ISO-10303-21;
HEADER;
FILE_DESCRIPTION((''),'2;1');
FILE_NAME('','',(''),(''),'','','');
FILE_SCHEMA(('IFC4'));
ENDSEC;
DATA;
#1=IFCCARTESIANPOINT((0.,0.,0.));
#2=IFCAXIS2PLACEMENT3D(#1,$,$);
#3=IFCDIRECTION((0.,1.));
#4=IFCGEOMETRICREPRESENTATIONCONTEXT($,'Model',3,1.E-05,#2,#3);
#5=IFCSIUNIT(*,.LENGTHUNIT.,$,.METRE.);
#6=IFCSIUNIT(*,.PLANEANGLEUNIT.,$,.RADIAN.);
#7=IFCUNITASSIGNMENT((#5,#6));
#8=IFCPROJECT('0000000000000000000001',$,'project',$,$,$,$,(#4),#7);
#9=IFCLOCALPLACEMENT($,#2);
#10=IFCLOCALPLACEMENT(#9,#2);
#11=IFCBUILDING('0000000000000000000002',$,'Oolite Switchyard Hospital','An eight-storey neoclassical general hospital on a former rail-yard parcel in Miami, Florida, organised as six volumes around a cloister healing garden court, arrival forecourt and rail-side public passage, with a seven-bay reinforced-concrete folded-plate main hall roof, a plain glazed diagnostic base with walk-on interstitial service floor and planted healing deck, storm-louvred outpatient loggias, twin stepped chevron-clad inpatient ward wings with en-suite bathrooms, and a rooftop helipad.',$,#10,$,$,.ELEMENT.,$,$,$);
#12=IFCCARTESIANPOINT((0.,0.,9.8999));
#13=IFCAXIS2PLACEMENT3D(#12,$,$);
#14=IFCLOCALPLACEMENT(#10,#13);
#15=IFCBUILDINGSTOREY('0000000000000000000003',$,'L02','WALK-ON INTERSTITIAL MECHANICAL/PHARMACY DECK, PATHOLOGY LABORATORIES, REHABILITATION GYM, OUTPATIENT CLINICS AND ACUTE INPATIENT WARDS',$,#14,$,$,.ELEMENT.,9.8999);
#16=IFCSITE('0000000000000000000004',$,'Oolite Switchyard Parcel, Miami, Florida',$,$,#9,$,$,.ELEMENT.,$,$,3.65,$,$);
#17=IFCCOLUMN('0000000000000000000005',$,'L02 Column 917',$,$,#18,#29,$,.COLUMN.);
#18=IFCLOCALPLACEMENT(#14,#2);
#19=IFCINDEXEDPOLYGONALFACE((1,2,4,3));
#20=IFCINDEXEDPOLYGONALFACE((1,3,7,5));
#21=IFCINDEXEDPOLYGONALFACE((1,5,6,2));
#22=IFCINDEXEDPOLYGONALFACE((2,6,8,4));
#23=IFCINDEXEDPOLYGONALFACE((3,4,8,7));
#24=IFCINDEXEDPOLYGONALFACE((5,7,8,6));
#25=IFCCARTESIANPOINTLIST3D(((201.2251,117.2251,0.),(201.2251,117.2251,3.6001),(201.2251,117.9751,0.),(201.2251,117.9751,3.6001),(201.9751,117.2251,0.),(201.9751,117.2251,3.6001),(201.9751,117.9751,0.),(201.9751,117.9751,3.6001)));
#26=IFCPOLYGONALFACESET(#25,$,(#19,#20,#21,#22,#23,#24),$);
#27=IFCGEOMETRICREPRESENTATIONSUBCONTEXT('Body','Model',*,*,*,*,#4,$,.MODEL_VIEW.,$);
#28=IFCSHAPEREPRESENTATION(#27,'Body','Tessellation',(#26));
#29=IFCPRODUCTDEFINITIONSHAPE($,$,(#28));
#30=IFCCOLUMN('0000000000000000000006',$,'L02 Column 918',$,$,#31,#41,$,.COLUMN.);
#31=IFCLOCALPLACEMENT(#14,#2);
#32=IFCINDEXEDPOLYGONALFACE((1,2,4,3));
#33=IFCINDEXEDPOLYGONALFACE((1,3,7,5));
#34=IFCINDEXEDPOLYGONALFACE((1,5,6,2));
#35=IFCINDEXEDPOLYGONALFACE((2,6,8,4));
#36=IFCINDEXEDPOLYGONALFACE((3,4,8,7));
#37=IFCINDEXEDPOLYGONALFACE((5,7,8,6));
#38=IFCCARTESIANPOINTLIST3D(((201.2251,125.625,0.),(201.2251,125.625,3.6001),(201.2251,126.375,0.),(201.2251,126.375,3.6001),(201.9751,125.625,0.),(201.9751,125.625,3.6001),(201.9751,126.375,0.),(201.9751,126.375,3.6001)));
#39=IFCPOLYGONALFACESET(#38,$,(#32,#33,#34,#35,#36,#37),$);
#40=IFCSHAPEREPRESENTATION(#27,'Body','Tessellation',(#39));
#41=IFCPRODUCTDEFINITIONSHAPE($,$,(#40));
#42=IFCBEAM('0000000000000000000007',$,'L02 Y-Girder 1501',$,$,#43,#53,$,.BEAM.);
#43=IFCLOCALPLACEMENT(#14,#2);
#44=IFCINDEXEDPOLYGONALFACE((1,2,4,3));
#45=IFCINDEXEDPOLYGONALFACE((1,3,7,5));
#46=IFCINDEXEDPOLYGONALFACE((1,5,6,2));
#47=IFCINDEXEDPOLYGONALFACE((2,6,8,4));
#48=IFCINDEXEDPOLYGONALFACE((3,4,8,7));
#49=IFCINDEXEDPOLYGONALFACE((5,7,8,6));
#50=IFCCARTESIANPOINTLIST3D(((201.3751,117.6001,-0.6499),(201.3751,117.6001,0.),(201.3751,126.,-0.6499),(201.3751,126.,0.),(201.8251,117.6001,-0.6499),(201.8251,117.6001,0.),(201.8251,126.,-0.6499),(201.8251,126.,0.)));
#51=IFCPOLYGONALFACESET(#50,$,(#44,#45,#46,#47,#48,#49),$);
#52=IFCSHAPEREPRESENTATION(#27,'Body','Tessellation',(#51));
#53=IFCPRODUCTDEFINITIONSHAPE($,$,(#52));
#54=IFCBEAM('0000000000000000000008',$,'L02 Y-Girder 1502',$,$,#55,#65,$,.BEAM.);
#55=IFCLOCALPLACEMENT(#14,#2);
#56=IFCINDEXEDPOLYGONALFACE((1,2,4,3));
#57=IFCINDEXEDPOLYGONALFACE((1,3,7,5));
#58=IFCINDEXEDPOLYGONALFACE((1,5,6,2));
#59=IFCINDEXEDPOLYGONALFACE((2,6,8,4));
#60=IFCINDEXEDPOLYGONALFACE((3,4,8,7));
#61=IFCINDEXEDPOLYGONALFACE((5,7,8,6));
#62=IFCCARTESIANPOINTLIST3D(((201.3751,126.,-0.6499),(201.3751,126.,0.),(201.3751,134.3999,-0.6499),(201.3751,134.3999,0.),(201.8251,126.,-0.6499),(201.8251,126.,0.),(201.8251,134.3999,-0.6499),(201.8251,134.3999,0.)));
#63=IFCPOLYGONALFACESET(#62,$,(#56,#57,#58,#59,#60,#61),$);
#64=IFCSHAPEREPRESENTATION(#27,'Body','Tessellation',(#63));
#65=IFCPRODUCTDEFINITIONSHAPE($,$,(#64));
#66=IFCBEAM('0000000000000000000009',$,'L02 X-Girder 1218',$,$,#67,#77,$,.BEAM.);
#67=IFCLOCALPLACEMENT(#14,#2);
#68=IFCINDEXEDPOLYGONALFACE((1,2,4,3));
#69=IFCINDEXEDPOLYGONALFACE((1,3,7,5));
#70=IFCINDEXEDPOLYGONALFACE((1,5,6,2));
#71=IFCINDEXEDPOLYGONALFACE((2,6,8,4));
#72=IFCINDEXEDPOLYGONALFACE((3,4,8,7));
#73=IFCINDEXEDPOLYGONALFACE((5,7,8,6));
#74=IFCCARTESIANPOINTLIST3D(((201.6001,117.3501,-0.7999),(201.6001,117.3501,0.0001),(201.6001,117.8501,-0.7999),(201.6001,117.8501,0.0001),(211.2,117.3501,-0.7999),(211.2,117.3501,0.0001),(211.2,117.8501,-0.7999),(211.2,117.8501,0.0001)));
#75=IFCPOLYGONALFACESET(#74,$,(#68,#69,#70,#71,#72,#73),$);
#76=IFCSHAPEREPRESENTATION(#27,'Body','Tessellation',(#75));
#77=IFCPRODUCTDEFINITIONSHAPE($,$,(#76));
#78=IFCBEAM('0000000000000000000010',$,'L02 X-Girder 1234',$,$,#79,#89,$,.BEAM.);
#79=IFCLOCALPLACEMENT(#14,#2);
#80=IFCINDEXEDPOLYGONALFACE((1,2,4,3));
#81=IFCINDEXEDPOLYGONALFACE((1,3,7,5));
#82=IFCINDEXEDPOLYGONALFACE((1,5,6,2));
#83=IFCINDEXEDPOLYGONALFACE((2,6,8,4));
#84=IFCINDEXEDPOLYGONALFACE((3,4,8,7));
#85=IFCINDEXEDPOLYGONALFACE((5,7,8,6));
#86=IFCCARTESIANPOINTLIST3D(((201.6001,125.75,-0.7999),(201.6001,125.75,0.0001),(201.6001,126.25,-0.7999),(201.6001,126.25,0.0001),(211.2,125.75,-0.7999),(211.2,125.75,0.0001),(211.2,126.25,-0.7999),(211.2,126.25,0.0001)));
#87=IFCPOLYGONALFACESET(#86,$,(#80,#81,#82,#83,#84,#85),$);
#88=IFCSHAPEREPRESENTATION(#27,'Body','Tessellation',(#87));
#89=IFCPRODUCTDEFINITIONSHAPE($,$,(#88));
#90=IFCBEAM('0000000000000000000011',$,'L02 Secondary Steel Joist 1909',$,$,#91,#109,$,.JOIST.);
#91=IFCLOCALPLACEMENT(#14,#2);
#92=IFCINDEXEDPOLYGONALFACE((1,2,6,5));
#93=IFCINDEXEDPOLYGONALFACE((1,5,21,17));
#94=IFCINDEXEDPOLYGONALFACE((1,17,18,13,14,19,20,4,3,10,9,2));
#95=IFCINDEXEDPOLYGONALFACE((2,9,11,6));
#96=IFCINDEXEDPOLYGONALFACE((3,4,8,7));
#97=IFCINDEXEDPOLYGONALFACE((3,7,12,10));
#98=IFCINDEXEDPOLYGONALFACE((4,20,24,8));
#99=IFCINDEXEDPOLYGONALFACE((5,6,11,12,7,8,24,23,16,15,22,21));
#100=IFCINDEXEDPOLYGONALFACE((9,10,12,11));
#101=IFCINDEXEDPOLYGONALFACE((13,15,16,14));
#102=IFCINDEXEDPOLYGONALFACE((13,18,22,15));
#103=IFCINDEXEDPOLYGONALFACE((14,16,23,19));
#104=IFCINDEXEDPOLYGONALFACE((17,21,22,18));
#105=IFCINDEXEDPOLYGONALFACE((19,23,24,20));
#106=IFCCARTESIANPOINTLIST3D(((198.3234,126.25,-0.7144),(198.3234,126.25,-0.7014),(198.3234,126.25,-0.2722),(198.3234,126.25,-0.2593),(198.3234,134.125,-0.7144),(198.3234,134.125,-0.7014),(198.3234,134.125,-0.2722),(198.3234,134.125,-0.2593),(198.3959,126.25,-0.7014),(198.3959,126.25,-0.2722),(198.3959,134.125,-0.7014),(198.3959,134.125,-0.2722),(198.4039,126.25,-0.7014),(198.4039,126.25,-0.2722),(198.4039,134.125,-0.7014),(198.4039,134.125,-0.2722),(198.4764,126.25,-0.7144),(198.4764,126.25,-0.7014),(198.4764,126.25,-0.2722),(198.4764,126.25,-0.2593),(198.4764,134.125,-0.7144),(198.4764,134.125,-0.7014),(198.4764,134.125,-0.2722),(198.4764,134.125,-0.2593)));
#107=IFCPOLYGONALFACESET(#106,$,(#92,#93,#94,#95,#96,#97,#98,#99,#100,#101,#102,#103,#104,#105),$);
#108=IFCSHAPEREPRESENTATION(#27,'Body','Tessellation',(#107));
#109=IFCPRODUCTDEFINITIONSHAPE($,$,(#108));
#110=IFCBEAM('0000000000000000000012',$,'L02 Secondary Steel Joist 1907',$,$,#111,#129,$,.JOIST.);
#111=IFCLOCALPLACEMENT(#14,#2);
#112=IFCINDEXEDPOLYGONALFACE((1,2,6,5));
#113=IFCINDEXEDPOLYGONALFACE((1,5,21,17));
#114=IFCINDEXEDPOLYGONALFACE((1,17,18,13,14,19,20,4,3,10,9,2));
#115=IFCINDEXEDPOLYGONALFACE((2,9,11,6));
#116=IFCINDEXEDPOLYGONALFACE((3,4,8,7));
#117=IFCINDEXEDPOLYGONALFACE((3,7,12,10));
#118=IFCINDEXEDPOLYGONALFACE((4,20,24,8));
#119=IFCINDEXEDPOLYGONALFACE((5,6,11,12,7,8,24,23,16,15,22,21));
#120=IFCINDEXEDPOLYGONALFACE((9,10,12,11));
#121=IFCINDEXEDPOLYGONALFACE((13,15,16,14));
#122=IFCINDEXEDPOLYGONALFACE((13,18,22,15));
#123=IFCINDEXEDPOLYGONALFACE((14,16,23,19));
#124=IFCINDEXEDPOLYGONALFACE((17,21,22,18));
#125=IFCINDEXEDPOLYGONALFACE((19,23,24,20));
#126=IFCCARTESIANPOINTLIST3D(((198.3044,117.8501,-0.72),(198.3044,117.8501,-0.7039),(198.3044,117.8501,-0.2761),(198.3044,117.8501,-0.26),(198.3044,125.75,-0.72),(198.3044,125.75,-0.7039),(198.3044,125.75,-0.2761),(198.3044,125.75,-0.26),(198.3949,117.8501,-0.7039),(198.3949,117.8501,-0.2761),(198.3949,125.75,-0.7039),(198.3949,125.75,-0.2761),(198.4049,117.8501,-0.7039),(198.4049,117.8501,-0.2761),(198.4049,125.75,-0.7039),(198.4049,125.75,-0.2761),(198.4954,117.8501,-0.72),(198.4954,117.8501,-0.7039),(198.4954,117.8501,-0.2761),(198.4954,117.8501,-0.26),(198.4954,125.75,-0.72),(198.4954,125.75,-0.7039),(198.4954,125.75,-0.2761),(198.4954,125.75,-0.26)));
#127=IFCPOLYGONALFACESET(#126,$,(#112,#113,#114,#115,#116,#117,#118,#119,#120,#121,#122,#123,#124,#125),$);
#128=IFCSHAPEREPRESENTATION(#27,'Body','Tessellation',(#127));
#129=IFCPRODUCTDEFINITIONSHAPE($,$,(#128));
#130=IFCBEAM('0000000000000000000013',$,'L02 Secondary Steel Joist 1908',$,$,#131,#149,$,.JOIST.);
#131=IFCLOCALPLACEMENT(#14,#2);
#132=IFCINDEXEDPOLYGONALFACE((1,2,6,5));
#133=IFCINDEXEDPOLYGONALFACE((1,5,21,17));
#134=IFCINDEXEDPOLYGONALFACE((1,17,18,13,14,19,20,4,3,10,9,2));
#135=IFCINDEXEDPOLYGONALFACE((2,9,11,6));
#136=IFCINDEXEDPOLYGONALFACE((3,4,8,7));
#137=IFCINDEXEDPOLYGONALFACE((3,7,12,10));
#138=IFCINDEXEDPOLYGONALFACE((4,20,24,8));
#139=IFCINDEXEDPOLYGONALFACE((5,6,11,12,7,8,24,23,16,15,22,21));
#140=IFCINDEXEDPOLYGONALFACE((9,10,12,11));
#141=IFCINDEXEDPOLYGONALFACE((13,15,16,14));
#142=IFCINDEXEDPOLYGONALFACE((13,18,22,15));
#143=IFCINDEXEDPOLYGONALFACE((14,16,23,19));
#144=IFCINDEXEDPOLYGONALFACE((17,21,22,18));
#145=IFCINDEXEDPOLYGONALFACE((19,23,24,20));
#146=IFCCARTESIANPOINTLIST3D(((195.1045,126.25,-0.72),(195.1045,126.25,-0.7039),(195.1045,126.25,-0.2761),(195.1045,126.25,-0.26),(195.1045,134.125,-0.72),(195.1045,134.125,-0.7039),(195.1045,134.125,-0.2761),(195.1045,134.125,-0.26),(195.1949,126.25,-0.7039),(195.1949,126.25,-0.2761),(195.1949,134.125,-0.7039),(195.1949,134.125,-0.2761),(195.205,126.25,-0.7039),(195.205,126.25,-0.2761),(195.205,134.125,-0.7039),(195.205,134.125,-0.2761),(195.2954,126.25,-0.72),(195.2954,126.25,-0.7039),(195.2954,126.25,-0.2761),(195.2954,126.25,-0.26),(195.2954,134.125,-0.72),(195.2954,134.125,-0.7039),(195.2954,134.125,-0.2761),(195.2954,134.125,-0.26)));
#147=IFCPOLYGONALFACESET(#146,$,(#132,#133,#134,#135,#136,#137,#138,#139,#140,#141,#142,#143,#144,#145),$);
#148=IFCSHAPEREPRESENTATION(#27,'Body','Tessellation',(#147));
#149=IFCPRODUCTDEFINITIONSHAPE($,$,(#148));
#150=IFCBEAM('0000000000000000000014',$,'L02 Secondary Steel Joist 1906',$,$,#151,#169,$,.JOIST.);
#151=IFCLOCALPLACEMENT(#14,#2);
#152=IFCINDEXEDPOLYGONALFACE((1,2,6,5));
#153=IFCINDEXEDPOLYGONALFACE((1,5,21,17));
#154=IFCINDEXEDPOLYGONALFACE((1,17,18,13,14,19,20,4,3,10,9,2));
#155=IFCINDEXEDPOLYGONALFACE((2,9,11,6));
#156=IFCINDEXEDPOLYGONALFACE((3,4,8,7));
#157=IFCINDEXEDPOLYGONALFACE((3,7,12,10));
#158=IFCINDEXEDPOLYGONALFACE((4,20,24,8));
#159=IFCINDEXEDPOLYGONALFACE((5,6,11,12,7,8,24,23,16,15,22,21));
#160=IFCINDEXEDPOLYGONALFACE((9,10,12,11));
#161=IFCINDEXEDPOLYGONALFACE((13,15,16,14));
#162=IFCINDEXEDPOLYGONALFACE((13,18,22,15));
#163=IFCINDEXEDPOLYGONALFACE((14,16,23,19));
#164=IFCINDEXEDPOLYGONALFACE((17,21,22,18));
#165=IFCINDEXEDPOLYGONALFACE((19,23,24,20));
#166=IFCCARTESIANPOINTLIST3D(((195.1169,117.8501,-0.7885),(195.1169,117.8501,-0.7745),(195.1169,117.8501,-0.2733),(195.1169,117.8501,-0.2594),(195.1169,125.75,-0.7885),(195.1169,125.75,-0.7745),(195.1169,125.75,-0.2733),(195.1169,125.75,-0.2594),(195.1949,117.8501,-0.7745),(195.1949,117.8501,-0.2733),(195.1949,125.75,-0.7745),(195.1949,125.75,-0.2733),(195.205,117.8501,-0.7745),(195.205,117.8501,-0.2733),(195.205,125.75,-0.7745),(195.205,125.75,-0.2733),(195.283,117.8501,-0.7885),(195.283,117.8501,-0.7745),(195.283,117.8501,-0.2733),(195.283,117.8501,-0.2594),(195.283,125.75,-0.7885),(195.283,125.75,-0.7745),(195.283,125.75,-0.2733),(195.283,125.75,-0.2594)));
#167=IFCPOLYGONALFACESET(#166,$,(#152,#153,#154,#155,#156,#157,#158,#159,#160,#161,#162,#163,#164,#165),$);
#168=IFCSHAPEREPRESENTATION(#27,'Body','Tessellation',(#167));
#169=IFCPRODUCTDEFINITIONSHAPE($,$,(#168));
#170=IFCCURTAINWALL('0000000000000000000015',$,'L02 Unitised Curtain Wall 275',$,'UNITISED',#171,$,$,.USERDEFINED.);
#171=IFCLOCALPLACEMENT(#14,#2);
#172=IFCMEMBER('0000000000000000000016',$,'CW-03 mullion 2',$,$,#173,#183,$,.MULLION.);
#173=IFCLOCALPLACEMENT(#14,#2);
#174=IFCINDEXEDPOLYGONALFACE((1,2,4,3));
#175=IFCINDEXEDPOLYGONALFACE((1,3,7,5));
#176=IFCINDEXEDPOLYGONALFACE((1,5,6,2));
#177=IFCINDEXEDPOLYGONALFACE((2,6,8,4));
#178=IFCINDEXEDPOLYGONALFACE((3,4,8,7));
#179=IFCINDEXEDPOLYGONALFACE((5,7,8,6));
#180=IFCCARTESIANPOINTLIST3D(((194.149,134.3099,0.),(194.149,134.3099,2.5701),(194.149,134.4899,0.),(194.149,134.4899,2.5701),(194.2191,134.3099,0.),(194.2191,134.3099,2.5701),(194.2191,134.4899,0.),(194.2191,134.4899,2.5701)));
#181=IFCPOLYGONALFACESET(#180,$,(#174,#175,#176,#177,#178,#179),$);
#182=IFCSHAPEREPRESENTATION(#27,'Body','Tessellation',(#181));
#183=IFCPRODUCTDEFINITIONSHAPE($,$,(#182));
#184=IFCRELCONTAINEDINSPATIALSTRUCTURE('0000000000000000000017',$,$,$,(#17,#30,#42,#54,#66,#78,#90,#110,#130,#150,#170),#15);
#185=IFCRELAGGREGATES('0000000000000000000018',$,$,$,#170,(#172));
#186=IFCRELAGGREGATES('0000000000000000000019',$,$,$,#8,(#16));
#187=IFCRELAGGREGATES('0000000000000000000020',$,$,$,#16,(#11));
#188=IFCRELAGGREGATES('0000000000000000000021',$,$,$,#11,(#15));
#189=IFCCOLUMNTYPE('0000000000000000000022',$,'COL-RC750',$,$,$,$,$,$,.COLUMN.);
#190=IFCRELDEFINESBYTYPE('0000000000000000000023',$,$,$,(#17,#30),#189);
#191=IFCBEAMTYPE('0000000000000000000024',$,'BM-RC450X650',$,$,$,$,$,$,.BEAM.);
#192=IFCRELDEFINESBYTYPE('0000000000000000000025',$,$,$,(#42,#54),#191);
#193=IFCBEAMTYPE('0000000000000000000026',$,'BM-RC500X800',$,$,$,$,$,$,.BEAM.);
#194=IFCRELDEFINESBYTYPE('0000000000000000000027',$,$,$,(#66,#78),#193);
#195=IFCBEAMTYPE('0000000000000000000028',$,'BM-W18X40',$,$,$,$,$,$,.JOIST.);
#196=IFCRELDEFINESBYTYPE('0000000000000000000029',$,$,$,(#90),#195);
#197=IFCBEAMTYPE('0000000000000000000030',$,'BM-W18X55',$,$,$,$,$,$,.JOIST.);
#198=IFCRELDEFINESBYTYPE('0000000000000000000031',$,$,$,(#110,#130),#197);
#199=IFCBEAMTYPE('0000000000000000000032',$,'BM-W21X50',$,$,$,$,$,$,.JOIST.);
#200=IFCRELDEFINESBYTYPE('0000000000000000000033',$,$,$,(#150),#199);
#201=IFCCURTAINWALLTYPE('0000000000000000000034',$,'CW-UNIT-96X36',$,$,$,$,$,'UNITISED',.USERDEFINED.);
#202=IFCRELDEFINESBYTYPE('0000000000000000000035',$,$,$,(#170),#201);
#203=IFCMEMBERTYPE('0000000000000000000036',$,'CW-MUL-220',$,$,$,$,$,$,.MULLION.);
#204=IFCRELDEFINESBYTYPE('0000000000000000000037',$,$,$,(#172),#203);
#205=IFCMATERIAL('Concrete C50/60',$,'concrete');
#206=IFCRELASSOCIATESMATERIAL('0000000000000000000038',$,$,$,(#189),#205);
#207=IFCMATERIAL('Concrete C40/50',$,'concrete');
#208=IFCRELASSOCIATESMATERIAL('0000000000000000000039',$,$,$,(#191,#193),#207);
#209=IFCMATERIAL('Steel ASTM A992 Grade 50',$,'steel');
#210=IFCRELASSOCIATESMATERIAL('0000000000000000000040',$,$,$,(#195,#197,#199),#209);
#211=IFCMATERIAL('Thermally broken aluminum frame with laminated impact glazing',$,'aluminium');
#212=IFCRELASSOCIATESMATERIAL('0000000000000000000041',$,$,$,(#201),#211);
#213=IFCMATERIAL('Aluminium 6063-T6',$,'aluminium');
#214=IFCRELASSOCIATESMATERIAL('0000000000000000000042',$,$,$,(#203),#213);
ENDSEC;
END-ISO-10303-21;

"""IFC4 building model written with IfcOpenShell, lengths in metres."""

from ifc_helpers import new_model, si_unit, direction, frame, origin, origin_2d, place, context, subcontext, project, spatial, rectangle, i_section, extrude, material, material_profile, profile_set, type_object, element, aggregate, save


model = new_model("IFC4")

# Units and contexts
model_context = context("Model", 3, precision=1e-05, world=origin(), true_north=direction((0.0, 1.0)))
body_context = subcontext(model_context, "Body", "Model", "MODEL_VIEW")
ifc_project = project(units=[si_unit("LENGTHUNIT", "METRE"), si_unit("PLANEANGLEUNIT", "RADIAN")], contexts=[model_context])

# Site, building, storey
site_placement = place(None, origin())
site = spatial("IfcSite", under=ifc_project, at=site_placement, Name="Oolite Switchyard Parcel, Miami, Florida", CompositionType="ELEMENT", RefElevation=3.65)
building_placement = place(site_placement, origin())
building = spatial("IfcBuilding", under=site, at=building_placement, Name="Oolite Switchyard Hospital", Description="An eight-storey neoclassical general hospital on a former rail-yard parcel in Miami, Florida, organised as six volumes around a cloister healing garden court, arrival forecourt and rail-side public passage, with a seven-bay reinforced-concrete folded-plate main hall roof, a plain glazed diagnostic base with walk-on interstitial service floor and planted healing deck, storm-louvred outpatient loggias, twin stepped chevron-clad inpatient ward wings with en-suite bathrooms, and a rooftop helipad.", CompositionType="ELEMENT")
storey_placement = place(building_placement, frame((0.0, 0.0, 9.8999)))
storey = spatial("IfcBuildingStorey", under=building, at=storey_placement, Name="L02", Description="WALK-ON INTERSTITIAL MECHANICAL/PHARMACY DECK, PATHOLOGY LABORATORIES, REHABILITATION GYM, OUTPATIENT CLINICS AND ACUTE INPATIENT WARDS", CompositionType="ELEMENT", Elevation=9.8999)

# Columns
ifc_material_1 = material(Name="Concrete C50/60", Category="concrete")
ifc_material_profile_1 = material_profile(ifc_material_1, rectangle(XDim=0.75, YDim=0.75, at=origin_2d()), Name="RC750X750")
ifc_profile_set_1 = profile_set([ifc_material_profile_1], Name="Concrete C50/60")
column_type = type_object("IfcColumnType", Name="COL-RC750", PredefinedType="COLUMN", material=ifc_profile_set_1)
for number, where, z_axis, x_axis, name in (
    (1, (201.6001, 117.6001, 0.0), (0.0, 0.0, 1.0), (1.0, 0.0, 0.0), "L02 Column 917"),
    (2, (201.6001, 126.0, 0.0), (0.0, 0.0, 1.0), (1.0, 0.0, 0.0), "L02 Column 918"),
):
    element("IfcColumn", number, at=place(storey_placement, frame(where, z_axis=z_axis, x_axis=x_axis)), inside=storey, type_object=column_type, Name=name, PredefinedType="COLUMN", context=body_context, shape_type="SweptSolid", body=[
        extrude(rectangle(XDim=0.75, YDim=0.75, at=origin_2d()), origin(), (0.0, 0.0, 1.0), 3.6001),
    ])

# Beams
ifc_material_2 = material(Name="Concrete C40/50", Category="concrete")
ifc_material_profile_2 = material_profile(ifc_material_2, rectangle(XDim=0.45, YDim=0.6499, at=origin_2d()), Name="RCB450X650")
ifc_profile_set_2 = profile_set([ifc_material_profile_2], Name="Concrete C40/50")
beam_type_1 = type_object("IfcBeamType", Name="BM-RC450X650", PredefinedType="BEAM", material=ifc_profile_set_2)
for number, where, z_axis, x_axis, name in (
    (3, (201.6001, 117.6001, -0.325), (0.0, 1.0, 0.0), (-1.0, 0.0, 0.0), "L02 Y-Girder 1501"),
    (4, (201.6001, 126.0, -0.325), (0.0, 1.0, 0.0), (-1.0, 0.0, 0.0), "L02 Y-Girder 1502"),
):
    element("IfcBeam", number, at=place(storey_placement, frame(where, z_axis=z_axis, x_axis=x_axis)), inside=storey, type_object=beam_type_1, Name=name, PredefinedType="BEAM", context=body_context, shape_type="SweptSolid", body=[
        extrude(rectangle(XDim=0.45, YDim=0.6499, at=origin_2d()), origin(), (0.0, 0.0, 1.0), 8.3999),
    ])
ifc_material_profile_3 = material_profile(ifc_material_2, rectangle(XDim=0.5, YDim=0.8, at=origin_2d()), Name="RCB500X800")
ifc_profile_set_3 = profile_set([ifc_material_profile_3], Name="Concrete C40/50")
beam_type_2 = type_object("IfcBeamType", Name="BM-RC500X800", PredefinedType="BEAM", material=ifc_profile_set_3)
for number, where, z_axis, x_axis, name in (
    (5, (201.6001, 117.6001, -0.3999), (1.0, 0.0, 0.0), (0.0, 1.0, 0.0), "L02 X-Girder 1218"),
    (6, (201.6001, 126.0, -0.3999), (1.0, 0.0, 0.0), (0.0, 1.0, 0.0), "L02 X-Girder 1234"),
):
    element("IfcBeam", number, at=place(storey_placement, frame(where, z_axis=z_axis, x_axis=x_axis)), inside=storey, type_object=beam_type_2, Name=name, PredefinedType="BEAM", context=body_context, shape_type="SweptSolid", body=[
        extrude(rectangle(XDim=0.5, YDim=0.8, at=origin_2d()), origin(), (0.0, 0.0, 1.0), 9.5999),
    ])
ifc_material_3 = material(Name="Steel ASTM A992 Grade 50", Category="steel")
ifc_material_profile_4 = material_profile(ifc_material_3, i_section(OverallWidth=0.1531, OverallDepth=0.4551, WebThickness=0.0081, FlangeThickness=0.0129, at=origin_2d()), Name="W18X40")
ifc_profile_set_4 = profile_set([ifc_material_profile_4], Name="Steel ASTM A992 Grade 50")
beam_type_3 = type_object("IfcBeamType", Name="BM-W18X40", PredefinedType="JOIST", material=ifc_profile_set_4)
beam_1_placement = place(storey_placement, frame((198.3999, 126.25, -0.4868), z_axis=(0.0, 1.0, 0.0), x_axis=(-1.0, 0.0, 0.0)))
element("IfcBeam", 7, at=beam_1_placement, inside=storey, type_object=beam_type_3, Name="L02 Secondary Steel Joist 1909", PredefinedType="JOIST", context=body_context, shape_type="SweptSolid", body=[
    extrude(i_section(OverallWidth=0.1531, OverallDepth=0.4551, WebThickness=0.0081, FlangeThickness=0.0129, at=origin_2d()), origin(), (0.0, 0.0, 1.0), 7.875),
])
ifc_material_profile_5 = material_profile(ifc_material_3, i_section(OverallWidth=0.1909, OverallDepth=0.46, WebThickness=0.01, FlangeThickness=0.0161, at=origin_2d()), Name="W18X55")
ifc_profile_set_5 = profile_set([ifc_material_profile_5], Name="Steel ASTM A992 Grade 50")
beam_type_4 = type_object("IfcBeamType", Name="BM-W18X55", PredefinedType="JOIST", material=ifc_profile_set_5)
beam_2_placement = place(storey_placement, frame((198.3999, 117.8501, -0.49), z_axis=(0.0, 1.0, 0.0), x_axis=(-1.0, 0.0, 0.0)))
element("IfcBeam", 8, at=beam_2_placement, inside=storey, type_object=beam_type_4, Name="L02 Secondary Steel Joist 1907", PredefinedType="JOIST", context=body_context, shape_type="SweptSolid", body=[
    extrude(i_section(OverallWidth=0.1909, OverallDepth=0.46, WebThickness=0.01, FlangeThickness=0.0161, at=origin_2d()), origin(), (0.0, 0.0, 1.0), 7.8999),
])
beam_3_placement = place(storey_placement, frame((195.2, 126.25, -0.49), z_axis=(0.0, 1.0, 0.0), x_axis=(-1.0, 0.0, 0.0)))
element("IfcBeam", 9, at=beam_3_placement, inside=storey, type_object=beam_type_4, Name="L02 Secondary Steel Joist 1908", PredefinedType="JOIST", context=body_context, shape_type="SweptSolid", body=[
    extrude(i_section(OverallWidth=0.1909, OverallDepth=0.46, WebThickness=0.01, FlangeThickness=0.0161, at=origin_2d()), origin(), (0.0, 0.0, 1.0), 7.875),
])
ifc_material_profile_6 = material_profile(ifc_material_3, i_section(OverallWidth=0.166, OverallDepth=0.5291, WebThickness=0.01, FlangeThickness=0.0139, at=origin_2d()), Name="W21X50")
ifc_profile_set_6 = profile_set([ifc_material_profile_6], Name="Steel ASTM A992 Grade 50")
beam_type_5 = type_object("IfcBeamType", Name="BM-W21X50", PredefinedType="JOIST", material=ifc_profile_set_6)
beam_4_placement = place(storey_placement, frame((195.2, 117.8501, -0.5239), z_axis=(0.0, 1.0, 0.0), x_axis=(-1.0, 0.0, 0.0)))
element("IfcBeam", 10, at=beam_4_placement, inside=storey, type_object=beam_type_5, Name="L02 Secondary Steel Joist 1906", PredefinedType="JOIST", context=body_context, shape_type="SweptSolid", body=[
    extrude(i_section(OverallWidth=0.166, OverallDepth=0.5291, WebThickness=0.01, FlangeThickness=0.0139, at=origin_2d()), origin(), (0.0, 0.0, 1.0), 7.8999),
])

# Curtain wall, member
ifc_material_4 = material(Name="Thermally broken aluminum frame with laminated impact glazing", Category="aluminium")
curtain_wall_type = type_object("IfcCurtainWallType", Name="CW-UNIT-96X36", ElementType="UNITISED", PredefinedType="USERDEFINED", material=ifc_material_4)
curtain_wall_placement = place(storey_placement, origin())
curtain_wall = element("IfcCurtainWall", 11, at=curtain_wall_placement, inside=storey, type_object=curtain_wall_type, Name="L02 Unitised Curtain Wall 275", ObjectType="UNITISED", PredefinedType="USERDEFINED")
ifc_material_5 = material(Name="Aluminium 6063-T6", Category="aluminium")
ifc_material_profile_7 = material_profile(ifc_material_5, rectangle(XDim=0.1799, YDim=0.0701, at=origin_2d()), Name="CWM70X180")
ifc_profile_set_7 = profile_set([ifc_material_profile_7], Name="Aluminium 6063-T6")
member_type_1 = type_object("IfcMemberType", Name="CW-MUL-220", PredefinedType="MULLION", material=ifc_profile_set_7)
member_1_placement = place(storey_placement, frame((194.1841, 134.3999, 0.0), z_axis=(0.0, 0.0, 1.0), x_axis=(0.0, 1.0, 0.0)))
member_1 = element("IfcMember", 12, at=member_1_placement, type_object=member_type_1, Name="CW-03 mullion 2", PredefinedType="MULLION", context=body_context, shape_type="SweptSolid", body=[
    extrude(rectangle(XDim=0.1799, YDim=0.0701, at=origin_2d()), origin(), (0.0, 0.0, 1.0), 2.5701),
])
aggregate(curtain_wall, [member_1])

save(model, "model.ifc")
